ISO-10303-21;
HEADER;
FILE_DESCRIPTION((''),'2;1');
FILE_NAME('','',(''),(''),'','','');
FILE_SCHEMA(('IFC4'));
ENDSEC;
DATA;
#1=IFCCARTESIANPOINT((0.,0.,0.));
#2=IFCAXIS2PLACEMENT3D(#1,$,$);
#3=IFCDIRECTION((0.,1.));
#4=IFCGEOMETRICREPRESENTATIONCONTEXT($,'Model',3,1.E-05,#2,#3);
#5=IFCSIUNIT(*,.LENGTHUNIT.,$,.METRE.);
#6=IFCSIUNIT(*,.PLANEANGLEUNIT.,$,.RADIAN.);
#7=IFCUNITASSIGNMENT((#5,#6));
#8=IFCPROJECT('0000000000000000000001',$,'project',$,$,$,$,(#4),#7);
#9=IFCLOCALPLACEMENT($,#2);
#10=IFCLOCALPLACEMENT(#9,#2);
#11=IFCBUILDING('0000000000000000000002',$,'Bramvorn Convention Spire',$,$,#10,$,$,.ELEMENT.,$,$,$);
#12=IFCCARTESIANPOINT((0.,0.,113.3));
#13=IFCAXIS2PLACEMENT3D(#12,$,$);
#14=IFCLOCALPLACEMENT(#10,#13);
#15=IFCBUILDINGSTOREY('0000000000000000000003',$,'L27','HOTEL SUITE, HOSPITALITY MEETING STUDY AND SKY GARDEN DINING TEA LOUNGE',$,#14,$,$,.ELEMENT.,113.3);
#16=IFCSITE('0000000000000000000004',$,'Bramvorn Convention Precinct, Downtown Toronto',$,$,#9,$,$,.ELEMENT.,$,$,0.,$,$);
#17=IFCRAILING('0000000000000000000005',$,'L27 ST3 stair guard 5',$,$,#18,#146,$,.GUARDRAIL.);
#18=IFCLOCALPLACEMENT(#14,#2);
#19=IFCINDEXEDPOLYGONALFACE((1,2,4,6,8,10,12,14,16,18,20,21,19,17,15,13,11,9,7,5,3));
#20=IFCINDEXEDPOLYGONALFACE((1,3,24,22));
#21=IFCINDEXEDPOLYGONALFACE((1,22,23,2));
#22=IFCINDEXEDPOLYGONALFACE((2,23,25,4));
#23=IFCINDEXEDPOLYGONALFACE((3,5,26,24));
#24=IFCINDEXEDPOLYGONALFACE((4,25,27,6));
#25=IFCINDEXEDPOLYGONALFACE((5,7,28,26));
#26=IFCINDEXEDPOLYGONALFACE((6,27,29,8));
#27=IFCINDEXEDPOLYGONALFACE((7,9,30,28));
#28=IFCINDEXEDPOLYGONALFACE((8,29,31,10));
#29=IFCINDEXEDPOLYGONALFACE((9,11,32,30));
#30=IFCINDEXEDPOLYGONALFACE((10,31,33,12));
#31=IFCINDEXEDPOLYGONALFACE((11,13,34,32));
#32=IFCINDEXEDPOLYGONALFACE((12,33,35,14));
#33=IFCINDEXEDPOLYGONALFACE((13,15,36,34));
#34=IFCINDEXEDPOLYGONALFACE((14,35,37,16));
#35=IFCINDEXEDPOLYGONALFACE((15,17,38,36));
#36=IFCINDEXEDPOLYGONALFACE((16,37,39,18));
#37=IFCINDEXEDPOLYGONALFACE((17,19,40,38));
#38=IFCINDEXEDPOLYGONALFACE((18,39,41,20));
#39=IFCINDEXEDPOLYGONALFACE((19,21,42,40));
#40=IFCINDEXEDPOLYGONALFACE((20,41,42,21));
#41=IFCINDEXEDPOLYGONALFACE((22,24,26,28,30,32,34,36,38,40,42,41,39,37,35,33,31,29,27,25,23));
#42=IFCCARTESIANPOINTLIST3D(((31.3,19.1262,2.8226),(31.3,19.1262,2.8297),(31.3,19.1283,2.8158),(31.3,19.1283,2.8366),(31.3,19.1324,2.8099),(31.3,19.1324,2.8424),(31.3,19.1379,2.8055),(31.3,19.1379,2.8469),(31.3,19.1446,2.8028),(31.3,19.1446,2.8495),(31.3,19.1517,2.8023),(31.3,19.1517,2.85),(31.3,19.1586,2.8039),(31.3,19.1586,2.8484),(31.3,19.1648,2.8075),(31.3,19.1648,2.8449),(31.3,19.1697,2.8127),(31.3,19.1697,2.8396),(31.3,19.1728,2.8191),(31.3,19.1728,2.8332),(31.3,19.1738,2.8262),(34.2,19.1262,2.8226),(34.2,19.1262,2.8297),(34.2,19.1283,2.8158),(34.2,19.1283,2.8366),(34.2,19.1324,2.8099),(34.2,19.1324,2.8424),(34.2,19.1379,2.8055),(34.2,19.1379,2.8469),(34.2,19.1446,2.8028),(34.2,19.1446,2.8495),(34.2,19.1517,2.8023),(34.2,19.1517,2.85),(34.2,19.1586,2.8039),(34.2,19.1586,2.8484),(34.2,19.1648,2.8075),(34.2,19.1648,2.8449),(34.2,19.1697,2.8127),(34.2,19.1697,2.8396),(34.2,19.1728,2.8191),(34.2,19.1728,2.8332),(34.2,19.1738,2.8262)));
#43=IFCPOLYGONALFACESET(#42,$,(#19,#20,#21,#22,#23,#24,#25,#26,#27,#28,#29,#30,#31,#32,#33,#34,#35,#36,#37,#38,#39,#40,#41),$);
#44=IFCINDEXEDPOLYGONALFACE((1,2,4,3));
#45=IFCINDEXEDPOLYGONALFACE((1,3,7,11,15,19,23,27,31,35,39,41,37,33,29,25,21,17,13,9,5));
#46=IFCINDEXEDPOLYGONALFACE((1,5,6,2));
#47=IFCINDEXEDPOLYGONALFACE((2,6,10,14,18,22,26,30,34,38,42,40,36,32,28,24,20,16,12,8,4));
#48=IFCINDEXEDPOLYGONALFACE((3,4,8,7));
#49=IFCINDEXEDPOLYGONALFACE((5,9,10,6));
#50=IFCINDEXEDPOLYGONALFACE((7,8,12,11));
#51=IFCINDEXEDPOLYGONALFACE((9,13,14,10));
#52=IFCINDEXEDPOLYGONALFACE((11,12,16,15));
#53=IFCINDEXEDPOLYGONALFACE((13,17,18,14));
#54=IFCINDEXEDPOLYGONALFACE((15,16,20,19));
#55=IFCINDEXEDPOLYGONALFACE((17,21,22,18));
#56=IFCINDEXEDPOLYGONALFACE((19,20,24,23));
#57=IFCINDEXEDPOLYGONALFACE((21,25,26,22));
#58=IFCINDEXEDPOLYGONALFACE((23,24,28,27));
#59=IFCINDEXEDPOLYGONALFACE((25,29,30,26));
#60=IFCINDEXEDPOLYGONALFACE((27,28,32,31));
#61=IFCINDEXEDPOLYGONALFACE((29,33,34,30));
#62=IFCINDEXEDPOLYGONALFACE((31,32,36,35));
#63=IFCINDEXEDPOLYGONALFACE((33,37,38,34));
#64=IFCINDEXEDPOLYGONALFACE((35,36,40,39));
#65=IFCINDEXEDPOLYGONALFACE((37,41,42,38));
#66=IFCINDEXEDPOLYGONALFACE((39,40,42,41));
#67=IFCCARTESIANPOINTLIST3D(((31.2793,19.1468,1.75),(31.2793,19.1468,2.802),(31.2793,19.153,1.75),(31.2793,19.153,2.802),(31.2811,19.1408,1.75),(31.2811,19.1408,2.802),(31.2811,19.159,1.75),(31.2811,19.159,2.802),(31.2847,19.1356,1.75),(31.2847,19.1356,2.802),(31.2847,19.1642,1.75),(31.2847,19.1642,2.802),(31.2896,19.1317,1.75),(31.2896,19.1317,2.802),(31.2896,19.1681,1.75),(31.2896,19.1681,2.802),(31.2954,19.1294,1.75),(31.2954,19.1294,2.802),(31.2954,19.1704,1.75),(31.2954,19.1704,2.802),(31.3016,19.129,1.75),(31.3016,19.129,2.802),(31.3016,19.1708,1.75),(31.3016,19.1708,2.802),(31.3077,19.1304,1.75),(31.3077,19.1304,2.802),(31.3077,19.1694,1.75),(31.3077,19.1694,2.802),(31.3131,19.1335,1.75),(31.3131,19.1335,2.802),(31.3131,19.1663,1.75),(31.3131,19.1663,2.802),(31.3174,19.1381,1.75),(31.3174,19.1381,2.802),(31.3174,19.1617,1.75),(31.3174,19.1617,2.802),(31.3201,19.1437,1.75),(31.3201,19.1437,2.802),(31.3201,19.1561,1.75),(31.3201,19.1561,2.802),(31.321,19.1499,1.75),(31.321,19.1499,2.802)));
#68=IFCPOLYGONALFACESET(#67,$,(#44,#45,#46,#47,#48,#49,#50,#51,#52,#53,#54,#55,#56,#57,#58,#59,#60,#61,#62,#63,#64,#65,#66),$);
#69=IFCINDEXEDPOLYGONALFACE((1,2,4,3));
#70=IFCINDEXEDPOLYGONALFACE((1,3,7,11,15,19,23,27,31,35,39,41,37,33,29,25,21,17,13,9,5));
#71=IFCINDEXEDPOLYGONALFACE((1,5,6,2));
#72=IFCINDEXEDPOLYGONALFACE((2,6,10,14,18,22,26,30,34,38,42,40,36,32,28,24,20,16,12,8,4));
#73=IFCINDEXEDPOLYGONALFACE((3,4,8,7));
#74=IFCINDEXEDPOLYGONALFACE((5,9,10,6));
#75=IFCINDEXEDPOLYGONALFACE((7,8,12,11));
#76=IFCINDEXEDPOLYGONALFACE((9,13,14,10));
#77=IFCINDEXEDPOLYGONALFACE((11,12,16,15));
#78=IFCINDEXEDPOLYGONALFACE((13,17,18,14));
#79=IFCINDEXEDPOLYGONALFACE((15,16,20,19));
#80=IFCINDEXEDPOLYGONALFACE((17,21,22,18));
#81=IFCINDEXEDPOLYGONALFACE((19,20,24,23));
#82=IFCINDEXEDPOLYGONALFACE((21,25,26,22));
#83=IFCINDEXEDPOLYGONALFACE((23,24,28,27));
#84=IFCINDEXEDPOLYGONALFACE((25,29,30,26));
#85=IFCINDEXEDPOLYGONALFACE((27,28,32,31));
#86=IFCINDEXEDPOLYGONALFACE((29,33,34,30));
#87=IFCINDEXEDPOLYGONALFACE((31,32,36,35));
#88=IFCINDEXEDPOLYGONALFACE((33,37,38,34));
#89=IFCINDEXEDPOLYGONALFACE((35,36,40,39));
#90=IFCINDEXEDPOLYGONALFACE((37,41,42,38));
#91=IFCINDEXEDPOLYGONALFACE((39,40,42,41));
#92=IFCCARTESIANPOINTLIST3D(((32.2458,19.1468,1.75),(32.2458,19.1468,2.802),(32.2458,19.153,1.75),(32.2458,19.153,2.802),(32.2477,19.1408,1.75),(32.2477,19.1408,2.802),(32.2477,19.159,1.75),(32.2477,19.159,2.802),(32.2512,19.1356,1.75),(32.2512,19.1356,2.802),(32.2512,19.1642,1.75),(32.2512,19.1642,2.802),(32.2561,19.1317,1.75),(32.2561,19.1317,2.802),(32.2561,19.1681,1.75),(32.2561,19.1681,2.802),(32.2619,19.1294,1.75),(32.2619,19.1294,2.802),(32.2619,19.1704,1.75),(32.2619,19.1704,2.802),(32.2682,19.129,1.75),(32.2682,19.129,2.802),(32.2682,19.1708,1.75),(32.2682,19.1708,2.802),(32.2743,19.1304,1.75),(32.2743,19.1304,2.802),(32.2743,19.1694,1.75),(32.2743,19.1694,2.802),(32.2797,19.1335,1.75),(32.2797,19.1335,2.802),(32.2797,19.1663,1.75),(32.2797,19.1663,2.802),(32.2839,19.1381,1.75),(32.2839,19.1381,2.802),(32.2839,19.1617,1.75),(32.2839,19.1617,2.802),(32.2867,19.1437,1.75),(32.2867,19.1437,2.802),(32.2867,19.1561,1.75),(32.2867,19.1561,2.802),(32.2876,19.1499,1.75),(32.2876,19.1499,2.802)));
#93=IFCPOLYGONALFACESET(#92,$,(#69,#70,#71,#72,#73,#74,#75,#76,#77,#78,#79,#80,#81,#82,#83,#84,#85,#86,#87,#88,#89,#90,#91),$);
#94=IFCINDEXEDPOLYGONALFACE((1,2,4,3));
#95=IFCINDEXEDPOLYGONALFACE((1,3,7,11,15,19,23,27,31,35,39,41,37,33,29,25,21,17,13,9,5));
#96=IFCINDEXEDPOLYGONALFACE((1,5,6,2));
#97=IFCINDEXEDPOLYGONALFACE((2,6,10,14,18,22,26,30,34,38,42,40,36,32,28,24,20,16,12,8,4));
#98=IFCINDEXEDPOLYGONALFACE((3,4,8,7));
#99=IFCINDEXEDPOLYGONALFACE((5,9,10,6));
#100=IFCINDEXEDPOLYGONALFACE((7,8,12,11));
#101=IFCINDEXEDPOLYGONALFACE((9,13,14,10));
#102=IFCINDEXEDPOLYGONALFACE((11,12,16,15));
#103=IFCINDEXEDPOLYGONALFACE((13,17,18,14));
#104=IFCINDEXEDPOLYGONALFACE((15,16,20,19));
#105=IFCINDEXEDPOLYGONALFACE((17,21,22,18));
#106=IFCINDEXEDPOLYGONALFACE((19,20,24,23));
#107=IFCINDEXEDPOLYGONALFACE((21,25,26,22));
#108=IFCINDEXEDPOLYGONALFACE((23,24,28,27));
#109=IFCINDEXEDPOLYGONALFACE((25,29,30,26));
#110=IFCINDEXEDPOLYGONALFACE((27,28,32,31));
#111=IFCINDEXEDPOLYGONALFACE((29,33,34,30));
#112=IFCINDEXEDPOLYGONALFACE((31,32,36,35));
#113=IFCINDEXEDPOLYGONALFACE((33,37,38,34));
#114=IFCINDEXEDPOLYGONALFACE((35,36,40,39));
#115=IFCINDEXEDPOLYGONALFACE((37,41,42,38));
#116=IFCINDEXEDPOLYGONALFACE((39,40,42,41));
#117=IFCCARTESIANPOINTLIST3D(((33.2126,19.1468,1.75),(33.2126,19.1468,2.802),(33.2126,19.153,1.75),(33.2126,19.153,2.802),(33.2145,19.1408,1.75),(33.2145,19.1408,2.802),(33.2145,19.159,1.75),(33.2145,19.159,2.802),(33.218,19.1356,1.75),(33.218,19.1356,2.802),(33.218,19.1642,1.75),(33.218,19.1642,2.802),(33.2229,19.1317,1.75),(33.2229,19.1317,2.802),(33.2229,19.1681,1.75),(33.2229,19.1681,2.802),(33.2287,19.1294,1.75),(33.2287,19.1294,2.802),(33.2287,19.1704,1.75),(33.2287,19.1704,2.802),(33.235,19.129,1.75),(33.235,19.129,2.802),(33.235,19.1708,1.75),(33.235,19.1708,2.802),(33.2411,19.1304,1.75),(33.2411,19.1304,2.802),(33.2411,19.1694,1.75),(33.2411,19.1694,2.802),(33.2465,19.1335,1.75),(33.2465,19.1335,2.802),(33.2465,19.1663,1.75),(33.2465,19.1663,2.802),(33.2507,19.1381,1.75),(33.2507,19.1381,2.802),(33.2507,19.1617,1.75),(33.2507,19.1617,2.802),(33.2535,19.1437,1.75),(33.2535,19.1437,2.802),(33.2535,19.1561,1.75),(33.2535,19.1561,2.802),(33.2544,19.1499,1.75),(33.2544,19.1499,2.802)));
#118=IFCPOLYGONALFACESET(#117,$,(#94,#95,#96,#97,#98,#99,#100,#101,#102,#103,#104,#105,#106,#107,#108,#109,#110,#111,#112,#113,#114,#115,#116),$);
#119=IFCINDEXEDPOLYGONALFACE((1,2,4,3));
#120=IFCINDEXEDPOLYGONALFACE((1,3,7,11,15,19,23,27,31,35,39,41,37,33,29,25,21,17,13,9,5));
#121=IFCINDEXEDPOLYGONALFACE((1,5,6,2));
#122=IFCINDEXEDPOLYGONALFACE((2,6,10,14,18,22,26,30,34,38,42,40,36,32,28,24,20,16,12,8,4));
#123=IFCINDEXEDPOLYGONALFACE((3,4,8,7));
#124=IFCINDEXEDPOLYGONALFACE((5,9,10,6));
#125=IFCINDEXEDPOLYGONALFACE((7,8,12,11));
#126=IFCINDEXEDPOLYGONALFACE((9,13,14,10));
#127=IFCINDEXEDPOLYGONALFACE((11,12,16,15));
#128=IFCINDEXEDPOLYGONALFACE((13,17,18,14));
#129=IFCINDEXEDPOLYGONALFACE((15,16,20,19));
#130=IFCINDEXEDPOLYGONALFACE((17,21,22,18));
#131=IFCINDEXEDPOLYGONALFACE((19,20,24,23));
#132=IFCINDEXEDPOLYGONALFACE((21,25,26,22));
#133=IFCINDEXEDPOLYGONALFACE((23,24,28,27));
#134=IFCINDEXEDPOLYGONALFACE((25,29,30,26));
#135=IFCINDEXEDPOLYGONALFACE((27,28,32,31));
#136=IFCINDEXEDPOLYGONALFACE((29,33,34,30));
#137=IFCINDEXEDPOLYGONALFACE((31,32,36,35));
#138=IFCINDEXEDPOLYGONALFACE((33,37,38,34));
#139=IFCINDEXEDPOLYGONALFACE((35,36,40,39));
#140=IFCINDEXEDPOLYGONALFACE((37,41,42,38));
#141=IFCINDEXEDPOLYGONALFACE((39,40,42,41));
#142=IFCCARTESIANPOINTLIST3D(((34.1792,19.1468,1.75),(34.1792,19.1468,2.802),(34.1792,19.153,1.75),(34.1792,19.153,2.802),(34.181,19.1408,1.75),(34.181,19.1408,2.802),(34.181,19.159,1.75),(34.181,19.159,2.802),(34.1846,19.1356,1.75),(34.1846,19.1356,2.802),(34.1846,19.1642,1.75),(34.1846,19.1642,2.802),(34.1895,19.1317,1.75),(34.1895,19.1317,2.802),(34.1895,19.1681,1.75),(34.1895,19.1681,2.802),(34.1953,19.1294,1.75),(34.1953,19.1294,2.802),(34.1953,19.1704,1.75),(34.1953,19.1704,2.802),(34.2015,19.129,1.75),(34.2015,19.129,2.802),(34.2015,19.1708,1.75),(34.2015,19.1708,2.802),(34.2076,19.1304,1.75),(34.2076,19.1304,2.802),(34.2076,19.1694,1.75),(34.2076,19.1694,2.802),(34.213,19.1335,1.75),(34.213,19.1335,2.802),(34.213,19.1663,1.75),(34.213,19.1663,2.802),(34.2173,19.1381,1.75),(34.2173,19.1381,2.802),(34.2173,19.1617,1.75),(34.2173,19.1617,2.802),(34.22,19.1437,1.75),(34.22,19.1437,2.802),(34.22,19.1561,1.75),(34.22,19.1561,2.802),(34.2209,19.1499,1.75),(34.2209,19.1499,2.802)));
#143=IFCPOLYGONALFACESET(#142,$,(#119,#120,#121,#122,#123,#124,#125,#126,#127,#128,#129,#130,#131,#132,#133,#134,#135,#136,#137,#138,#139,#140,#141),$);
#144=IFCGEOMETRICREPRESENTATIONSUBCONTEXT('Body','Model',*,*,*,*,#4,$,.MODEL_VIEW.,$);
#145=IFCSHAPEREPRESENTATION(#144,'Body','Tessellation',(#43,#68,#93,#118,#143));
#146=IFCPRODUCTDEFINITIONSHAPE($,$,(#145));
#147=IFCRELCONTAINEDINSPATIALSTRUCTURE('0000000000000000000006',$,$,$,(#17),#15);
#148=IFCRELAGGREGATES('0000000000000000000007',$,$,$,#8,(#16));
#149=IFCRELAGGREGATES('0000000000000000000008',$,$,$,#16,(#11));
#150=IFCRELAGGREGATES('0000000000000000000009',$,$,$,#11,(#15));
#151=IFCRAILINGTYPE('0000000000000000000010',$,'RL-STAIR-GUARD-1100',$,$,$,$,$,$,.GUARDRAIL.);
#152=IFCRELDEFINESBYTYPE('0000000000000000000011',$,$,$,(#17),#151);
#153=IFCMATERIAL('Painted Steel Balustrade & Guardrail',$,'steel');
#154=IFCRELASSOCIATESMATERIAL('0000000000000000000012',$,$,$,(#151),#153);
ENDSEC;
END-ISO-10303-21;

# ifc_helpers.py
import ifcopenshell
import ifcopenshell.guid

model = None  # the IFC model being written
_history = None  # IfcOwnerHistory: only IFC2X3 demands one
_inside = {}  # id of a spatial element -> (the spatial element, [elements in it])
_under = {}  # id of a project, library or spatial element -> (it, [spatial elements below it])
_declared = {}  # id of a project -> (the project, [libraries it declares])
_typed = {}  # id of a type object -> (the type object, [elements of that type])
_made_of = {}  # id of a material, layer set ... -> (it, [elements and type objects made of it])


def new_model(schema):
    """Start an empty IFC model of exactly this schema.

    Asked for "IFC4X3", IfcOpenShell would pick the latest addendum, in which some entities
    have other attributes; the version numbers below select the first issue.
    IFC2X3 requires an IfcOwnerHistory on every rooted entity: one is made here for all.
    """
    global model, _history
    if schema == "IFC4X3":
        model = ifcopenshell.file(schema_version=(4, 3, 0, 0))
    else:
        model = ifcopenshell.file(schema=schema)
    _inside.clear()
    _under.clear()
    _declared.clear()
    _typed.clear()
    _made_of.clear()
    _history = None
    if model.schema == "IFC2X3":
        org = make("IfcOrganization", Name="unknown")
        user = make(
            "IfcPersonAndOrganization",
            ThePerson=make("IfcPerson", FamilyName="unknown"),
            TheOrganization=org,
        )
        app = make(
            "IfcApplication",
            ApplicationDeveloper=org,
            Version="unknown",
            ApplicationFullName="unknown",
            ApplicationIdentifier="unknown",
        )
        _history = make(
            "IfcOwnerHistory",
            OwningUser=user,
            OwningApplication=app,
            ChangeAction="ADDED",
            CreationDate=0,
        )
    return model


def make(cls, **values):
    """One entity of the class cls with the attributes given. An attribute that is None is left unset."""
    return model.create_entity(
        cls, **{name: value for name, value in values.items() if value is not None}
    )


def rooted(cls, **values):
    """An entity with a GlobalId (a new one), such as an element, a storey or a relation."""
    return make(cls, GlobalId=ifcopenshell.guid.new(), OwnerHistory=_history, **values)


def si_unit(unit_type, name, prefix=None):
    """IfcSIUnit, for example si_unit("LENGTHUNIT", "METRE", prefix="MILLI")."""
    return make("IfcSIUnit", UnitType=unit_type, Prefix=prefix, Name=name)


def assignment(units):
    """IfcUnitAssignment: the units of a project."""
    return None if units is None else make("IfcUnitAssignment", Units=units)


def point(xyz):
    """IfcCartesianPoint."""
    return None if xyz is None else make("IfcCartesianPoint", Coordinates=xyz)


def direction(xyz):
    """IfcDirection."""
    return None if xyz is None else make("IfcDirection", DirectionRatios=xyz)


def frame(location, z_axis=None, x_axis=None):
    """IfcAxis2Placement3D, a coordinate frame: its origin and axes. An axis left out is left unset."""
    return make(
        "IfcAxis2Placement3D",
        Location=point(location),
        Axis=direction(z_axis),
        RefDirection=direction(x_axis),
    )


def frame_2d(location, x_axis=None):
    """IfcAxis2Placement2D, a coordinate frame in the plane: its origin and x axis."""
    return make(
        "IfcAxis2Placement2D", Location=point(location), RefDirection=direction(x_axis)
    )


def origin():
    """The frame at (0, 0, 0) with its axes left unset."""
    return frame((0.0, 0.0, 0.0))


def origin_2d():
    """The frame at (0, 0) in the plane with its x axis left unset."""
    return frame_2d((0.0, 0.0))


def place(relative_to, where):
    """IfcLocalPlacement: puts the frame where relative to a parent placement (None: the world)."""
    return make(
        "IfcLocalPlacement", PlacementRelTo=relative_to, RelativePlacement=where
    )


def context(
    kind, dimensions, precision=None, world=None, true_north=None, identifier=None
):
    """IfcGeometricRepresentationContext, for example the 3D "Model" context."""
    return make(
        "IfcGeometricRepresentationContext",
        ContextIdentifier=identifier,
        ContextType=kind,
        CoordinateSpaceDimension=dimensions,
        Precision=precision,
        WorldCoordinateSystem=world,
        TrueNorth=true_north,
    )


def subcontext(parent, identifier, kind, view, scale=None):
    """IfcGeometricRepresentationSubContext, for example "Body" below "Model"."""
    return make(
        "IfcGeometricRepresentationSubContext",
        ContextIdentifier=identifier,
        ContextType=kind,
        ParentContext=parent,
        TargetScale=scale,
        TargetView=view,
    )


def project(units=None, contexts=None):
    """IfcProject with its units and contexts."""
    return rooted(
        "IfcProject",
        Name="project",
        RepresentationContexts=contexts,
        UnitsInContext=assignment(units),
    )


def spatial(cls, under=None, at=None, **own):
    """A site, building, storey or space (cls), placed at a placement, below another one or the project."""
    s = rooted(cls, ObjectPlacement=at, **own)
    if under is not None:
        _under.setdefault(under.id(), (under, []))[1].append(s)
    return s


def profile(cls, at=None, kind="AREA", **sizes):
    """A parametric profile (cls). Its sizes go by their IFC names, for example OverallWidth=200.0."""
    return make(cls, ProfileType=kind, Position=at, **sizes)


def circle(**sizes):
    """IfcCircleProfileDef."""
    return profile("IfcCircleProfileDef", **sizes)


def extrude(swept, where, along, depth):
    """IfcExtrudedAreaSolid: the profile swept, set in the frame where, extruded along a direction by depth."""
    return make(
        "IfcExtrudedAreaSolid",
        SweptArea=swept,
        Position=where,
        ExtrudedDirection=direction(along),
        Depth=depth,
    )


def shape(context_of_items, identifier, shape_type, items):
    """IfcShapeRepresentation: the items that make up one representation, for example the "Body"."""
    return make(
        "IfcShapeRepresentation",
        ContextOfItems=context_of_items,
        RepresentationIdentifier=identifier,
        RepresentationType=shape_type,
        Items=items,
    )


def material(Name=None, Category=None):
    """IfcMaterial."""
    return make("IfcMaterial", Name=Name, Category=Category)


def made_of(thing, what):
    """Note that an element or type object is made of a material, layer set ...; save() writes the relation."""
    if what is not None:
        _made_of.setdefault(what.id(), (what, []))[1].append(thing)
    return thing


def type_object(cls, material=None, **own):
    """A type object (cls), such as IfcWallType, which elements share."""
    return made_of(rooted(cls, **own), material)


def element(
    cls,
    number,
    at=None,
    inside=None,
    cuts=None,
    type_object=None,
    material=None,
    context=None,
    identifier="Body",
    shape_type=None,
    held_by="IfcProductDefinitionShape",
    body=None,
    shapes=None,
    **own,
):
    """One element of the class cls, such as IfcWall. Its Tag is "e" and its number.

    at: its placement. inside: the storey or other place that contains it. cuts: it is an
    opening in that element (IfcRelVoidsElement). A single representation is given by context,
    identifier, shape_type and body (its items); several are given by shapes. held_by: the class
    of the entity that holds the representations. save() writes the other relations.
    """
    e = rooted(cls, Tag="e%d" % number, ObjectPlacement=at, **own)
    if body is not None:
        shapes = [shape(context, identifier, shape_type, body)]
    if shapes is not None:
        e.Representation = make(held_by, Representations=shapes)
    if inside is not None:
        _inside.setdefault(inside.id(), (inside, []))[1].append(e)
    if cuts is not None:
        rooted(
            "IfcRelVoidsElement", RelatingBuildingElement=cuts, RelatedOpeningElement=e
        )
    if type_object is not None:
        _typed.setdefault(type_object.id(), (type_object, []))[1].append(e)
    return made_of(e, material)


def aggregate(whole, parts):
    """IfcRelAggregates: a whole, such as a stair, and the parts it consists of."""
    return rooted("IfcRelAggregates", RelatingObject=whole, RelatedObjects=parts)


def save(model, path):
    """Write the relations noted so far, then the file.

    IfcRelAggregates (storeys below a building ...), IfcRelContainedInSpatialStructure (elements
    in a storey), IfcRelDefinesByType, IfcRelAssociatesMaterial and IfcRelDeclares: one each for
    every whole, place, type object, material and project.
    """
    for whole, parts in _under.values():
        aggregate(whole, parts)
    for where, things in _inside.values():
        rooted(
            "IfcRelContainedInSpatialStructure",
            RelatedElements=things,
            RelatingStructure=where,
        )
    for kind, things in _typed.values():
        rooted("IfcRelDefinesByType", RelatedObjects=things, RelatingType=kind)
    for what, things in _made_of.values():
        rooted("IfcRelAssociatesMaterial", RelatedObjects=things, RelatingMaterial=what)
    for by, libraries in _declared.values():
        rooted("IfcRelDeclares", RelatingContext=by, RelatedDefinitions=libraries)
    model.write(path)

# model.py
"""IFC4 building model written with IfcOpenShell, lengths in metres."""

from ifc_helpers import new_model, si_unit, direction, frame, origin, origin_2d, place, context, subcontext, project, spatial, circle, extrude, material, type_object, element, save


model = new_model("IFC4")

# Units and contexts
model_context = context("Model", 3, precision=1e-05, world=origin(), true_north=direction((0.0, 1.0)))
body_context = subcontext(model_context, "Body", "Model", "MODEL_VIEW")
ifc_project = project(units=[si_unit("LENGTHUNIT", "METRE"), si_unit("PLANEANGLEUNIT", "RADIAN")], contexts=[model_context])

# Site, building, storey
site_placement = place(None, origin())
site = spatial("IfcSite", under=ifc_project, at=site_placement, Name="Bramvorn Convention Precinct, Downtown Toronto", CompositionType="ELEMENT", RefElevation=0.0)
building_placement = place(site_placement, origin())
building = spatial("IfcBuilding", under=site, at=building_placement, Name="Bramvorn Convention Spire", CompositionType="ELEMENT")
storey_placement = place(building_placement, frame((0.0, 0.0, 113.3)))
storey = spatial("IfcBuildingStorey", under=building, at=storey_placement, Name="L27", Description="HOTEL SUITE, HOSPITALITY MEETING STUDY AND SKY GARDEN DINING TEA LOUNGE", CompositionType="ELEMENT", Elevation=113.3)

# Railing
ifc_material_1 = material(Name="Painted Steel Balustrade & Guardrail", Category="steel")
railing_type = type_object("IfcRailingType", Name="RL-STAIR-GUARD-1100", PredefinedType="GUARDRAIL", material=ifc_material_1)
railing_1_placement = place(storey_placement, frame((31.3, 19.1499, 1.75)))
element("IfcRailing", 1, at=railing_1_placement, inside=storey, type_object=railing_type, Name="L27 ST3 stair guard 5", PredefinedType="GUARDRAIL", context=body_context, shape_type="SweptSolid", body=[
    extrude(circle(Radius=0.0239, at=origin_2d()), frame((0.0, 0.0, 1.0762), z_axis=(1.0, 0.0, 0.0), x_axis=(0.0, 1.0, 0.0)), (0.0, 0.0, 1.0), 2.8999),
    extrude(circle(Radius=0.021, at=origin_2d()), origin(), (0.0, 0.0, 1.0), 1.052),
    extrude(circle(Radius=0.021, at=origin_2d()), frame((0.9666, 0.0, 0.0)), (0.0, 0.0, 1.0), 1.052),
    extrude(circle(Radius=0.021, at=origin_2d()), frame((1.9333, 0.0, 0.0)), (0.0, 0.0, 1.0), 1.052),
    extrude(circle(Radius=0.021, at=origin_2d()), frame((2.8999, 0.0, 0.0)), (0.0, 0.0, 1.0), 1.052),
])

save(model, "model.ifc")
